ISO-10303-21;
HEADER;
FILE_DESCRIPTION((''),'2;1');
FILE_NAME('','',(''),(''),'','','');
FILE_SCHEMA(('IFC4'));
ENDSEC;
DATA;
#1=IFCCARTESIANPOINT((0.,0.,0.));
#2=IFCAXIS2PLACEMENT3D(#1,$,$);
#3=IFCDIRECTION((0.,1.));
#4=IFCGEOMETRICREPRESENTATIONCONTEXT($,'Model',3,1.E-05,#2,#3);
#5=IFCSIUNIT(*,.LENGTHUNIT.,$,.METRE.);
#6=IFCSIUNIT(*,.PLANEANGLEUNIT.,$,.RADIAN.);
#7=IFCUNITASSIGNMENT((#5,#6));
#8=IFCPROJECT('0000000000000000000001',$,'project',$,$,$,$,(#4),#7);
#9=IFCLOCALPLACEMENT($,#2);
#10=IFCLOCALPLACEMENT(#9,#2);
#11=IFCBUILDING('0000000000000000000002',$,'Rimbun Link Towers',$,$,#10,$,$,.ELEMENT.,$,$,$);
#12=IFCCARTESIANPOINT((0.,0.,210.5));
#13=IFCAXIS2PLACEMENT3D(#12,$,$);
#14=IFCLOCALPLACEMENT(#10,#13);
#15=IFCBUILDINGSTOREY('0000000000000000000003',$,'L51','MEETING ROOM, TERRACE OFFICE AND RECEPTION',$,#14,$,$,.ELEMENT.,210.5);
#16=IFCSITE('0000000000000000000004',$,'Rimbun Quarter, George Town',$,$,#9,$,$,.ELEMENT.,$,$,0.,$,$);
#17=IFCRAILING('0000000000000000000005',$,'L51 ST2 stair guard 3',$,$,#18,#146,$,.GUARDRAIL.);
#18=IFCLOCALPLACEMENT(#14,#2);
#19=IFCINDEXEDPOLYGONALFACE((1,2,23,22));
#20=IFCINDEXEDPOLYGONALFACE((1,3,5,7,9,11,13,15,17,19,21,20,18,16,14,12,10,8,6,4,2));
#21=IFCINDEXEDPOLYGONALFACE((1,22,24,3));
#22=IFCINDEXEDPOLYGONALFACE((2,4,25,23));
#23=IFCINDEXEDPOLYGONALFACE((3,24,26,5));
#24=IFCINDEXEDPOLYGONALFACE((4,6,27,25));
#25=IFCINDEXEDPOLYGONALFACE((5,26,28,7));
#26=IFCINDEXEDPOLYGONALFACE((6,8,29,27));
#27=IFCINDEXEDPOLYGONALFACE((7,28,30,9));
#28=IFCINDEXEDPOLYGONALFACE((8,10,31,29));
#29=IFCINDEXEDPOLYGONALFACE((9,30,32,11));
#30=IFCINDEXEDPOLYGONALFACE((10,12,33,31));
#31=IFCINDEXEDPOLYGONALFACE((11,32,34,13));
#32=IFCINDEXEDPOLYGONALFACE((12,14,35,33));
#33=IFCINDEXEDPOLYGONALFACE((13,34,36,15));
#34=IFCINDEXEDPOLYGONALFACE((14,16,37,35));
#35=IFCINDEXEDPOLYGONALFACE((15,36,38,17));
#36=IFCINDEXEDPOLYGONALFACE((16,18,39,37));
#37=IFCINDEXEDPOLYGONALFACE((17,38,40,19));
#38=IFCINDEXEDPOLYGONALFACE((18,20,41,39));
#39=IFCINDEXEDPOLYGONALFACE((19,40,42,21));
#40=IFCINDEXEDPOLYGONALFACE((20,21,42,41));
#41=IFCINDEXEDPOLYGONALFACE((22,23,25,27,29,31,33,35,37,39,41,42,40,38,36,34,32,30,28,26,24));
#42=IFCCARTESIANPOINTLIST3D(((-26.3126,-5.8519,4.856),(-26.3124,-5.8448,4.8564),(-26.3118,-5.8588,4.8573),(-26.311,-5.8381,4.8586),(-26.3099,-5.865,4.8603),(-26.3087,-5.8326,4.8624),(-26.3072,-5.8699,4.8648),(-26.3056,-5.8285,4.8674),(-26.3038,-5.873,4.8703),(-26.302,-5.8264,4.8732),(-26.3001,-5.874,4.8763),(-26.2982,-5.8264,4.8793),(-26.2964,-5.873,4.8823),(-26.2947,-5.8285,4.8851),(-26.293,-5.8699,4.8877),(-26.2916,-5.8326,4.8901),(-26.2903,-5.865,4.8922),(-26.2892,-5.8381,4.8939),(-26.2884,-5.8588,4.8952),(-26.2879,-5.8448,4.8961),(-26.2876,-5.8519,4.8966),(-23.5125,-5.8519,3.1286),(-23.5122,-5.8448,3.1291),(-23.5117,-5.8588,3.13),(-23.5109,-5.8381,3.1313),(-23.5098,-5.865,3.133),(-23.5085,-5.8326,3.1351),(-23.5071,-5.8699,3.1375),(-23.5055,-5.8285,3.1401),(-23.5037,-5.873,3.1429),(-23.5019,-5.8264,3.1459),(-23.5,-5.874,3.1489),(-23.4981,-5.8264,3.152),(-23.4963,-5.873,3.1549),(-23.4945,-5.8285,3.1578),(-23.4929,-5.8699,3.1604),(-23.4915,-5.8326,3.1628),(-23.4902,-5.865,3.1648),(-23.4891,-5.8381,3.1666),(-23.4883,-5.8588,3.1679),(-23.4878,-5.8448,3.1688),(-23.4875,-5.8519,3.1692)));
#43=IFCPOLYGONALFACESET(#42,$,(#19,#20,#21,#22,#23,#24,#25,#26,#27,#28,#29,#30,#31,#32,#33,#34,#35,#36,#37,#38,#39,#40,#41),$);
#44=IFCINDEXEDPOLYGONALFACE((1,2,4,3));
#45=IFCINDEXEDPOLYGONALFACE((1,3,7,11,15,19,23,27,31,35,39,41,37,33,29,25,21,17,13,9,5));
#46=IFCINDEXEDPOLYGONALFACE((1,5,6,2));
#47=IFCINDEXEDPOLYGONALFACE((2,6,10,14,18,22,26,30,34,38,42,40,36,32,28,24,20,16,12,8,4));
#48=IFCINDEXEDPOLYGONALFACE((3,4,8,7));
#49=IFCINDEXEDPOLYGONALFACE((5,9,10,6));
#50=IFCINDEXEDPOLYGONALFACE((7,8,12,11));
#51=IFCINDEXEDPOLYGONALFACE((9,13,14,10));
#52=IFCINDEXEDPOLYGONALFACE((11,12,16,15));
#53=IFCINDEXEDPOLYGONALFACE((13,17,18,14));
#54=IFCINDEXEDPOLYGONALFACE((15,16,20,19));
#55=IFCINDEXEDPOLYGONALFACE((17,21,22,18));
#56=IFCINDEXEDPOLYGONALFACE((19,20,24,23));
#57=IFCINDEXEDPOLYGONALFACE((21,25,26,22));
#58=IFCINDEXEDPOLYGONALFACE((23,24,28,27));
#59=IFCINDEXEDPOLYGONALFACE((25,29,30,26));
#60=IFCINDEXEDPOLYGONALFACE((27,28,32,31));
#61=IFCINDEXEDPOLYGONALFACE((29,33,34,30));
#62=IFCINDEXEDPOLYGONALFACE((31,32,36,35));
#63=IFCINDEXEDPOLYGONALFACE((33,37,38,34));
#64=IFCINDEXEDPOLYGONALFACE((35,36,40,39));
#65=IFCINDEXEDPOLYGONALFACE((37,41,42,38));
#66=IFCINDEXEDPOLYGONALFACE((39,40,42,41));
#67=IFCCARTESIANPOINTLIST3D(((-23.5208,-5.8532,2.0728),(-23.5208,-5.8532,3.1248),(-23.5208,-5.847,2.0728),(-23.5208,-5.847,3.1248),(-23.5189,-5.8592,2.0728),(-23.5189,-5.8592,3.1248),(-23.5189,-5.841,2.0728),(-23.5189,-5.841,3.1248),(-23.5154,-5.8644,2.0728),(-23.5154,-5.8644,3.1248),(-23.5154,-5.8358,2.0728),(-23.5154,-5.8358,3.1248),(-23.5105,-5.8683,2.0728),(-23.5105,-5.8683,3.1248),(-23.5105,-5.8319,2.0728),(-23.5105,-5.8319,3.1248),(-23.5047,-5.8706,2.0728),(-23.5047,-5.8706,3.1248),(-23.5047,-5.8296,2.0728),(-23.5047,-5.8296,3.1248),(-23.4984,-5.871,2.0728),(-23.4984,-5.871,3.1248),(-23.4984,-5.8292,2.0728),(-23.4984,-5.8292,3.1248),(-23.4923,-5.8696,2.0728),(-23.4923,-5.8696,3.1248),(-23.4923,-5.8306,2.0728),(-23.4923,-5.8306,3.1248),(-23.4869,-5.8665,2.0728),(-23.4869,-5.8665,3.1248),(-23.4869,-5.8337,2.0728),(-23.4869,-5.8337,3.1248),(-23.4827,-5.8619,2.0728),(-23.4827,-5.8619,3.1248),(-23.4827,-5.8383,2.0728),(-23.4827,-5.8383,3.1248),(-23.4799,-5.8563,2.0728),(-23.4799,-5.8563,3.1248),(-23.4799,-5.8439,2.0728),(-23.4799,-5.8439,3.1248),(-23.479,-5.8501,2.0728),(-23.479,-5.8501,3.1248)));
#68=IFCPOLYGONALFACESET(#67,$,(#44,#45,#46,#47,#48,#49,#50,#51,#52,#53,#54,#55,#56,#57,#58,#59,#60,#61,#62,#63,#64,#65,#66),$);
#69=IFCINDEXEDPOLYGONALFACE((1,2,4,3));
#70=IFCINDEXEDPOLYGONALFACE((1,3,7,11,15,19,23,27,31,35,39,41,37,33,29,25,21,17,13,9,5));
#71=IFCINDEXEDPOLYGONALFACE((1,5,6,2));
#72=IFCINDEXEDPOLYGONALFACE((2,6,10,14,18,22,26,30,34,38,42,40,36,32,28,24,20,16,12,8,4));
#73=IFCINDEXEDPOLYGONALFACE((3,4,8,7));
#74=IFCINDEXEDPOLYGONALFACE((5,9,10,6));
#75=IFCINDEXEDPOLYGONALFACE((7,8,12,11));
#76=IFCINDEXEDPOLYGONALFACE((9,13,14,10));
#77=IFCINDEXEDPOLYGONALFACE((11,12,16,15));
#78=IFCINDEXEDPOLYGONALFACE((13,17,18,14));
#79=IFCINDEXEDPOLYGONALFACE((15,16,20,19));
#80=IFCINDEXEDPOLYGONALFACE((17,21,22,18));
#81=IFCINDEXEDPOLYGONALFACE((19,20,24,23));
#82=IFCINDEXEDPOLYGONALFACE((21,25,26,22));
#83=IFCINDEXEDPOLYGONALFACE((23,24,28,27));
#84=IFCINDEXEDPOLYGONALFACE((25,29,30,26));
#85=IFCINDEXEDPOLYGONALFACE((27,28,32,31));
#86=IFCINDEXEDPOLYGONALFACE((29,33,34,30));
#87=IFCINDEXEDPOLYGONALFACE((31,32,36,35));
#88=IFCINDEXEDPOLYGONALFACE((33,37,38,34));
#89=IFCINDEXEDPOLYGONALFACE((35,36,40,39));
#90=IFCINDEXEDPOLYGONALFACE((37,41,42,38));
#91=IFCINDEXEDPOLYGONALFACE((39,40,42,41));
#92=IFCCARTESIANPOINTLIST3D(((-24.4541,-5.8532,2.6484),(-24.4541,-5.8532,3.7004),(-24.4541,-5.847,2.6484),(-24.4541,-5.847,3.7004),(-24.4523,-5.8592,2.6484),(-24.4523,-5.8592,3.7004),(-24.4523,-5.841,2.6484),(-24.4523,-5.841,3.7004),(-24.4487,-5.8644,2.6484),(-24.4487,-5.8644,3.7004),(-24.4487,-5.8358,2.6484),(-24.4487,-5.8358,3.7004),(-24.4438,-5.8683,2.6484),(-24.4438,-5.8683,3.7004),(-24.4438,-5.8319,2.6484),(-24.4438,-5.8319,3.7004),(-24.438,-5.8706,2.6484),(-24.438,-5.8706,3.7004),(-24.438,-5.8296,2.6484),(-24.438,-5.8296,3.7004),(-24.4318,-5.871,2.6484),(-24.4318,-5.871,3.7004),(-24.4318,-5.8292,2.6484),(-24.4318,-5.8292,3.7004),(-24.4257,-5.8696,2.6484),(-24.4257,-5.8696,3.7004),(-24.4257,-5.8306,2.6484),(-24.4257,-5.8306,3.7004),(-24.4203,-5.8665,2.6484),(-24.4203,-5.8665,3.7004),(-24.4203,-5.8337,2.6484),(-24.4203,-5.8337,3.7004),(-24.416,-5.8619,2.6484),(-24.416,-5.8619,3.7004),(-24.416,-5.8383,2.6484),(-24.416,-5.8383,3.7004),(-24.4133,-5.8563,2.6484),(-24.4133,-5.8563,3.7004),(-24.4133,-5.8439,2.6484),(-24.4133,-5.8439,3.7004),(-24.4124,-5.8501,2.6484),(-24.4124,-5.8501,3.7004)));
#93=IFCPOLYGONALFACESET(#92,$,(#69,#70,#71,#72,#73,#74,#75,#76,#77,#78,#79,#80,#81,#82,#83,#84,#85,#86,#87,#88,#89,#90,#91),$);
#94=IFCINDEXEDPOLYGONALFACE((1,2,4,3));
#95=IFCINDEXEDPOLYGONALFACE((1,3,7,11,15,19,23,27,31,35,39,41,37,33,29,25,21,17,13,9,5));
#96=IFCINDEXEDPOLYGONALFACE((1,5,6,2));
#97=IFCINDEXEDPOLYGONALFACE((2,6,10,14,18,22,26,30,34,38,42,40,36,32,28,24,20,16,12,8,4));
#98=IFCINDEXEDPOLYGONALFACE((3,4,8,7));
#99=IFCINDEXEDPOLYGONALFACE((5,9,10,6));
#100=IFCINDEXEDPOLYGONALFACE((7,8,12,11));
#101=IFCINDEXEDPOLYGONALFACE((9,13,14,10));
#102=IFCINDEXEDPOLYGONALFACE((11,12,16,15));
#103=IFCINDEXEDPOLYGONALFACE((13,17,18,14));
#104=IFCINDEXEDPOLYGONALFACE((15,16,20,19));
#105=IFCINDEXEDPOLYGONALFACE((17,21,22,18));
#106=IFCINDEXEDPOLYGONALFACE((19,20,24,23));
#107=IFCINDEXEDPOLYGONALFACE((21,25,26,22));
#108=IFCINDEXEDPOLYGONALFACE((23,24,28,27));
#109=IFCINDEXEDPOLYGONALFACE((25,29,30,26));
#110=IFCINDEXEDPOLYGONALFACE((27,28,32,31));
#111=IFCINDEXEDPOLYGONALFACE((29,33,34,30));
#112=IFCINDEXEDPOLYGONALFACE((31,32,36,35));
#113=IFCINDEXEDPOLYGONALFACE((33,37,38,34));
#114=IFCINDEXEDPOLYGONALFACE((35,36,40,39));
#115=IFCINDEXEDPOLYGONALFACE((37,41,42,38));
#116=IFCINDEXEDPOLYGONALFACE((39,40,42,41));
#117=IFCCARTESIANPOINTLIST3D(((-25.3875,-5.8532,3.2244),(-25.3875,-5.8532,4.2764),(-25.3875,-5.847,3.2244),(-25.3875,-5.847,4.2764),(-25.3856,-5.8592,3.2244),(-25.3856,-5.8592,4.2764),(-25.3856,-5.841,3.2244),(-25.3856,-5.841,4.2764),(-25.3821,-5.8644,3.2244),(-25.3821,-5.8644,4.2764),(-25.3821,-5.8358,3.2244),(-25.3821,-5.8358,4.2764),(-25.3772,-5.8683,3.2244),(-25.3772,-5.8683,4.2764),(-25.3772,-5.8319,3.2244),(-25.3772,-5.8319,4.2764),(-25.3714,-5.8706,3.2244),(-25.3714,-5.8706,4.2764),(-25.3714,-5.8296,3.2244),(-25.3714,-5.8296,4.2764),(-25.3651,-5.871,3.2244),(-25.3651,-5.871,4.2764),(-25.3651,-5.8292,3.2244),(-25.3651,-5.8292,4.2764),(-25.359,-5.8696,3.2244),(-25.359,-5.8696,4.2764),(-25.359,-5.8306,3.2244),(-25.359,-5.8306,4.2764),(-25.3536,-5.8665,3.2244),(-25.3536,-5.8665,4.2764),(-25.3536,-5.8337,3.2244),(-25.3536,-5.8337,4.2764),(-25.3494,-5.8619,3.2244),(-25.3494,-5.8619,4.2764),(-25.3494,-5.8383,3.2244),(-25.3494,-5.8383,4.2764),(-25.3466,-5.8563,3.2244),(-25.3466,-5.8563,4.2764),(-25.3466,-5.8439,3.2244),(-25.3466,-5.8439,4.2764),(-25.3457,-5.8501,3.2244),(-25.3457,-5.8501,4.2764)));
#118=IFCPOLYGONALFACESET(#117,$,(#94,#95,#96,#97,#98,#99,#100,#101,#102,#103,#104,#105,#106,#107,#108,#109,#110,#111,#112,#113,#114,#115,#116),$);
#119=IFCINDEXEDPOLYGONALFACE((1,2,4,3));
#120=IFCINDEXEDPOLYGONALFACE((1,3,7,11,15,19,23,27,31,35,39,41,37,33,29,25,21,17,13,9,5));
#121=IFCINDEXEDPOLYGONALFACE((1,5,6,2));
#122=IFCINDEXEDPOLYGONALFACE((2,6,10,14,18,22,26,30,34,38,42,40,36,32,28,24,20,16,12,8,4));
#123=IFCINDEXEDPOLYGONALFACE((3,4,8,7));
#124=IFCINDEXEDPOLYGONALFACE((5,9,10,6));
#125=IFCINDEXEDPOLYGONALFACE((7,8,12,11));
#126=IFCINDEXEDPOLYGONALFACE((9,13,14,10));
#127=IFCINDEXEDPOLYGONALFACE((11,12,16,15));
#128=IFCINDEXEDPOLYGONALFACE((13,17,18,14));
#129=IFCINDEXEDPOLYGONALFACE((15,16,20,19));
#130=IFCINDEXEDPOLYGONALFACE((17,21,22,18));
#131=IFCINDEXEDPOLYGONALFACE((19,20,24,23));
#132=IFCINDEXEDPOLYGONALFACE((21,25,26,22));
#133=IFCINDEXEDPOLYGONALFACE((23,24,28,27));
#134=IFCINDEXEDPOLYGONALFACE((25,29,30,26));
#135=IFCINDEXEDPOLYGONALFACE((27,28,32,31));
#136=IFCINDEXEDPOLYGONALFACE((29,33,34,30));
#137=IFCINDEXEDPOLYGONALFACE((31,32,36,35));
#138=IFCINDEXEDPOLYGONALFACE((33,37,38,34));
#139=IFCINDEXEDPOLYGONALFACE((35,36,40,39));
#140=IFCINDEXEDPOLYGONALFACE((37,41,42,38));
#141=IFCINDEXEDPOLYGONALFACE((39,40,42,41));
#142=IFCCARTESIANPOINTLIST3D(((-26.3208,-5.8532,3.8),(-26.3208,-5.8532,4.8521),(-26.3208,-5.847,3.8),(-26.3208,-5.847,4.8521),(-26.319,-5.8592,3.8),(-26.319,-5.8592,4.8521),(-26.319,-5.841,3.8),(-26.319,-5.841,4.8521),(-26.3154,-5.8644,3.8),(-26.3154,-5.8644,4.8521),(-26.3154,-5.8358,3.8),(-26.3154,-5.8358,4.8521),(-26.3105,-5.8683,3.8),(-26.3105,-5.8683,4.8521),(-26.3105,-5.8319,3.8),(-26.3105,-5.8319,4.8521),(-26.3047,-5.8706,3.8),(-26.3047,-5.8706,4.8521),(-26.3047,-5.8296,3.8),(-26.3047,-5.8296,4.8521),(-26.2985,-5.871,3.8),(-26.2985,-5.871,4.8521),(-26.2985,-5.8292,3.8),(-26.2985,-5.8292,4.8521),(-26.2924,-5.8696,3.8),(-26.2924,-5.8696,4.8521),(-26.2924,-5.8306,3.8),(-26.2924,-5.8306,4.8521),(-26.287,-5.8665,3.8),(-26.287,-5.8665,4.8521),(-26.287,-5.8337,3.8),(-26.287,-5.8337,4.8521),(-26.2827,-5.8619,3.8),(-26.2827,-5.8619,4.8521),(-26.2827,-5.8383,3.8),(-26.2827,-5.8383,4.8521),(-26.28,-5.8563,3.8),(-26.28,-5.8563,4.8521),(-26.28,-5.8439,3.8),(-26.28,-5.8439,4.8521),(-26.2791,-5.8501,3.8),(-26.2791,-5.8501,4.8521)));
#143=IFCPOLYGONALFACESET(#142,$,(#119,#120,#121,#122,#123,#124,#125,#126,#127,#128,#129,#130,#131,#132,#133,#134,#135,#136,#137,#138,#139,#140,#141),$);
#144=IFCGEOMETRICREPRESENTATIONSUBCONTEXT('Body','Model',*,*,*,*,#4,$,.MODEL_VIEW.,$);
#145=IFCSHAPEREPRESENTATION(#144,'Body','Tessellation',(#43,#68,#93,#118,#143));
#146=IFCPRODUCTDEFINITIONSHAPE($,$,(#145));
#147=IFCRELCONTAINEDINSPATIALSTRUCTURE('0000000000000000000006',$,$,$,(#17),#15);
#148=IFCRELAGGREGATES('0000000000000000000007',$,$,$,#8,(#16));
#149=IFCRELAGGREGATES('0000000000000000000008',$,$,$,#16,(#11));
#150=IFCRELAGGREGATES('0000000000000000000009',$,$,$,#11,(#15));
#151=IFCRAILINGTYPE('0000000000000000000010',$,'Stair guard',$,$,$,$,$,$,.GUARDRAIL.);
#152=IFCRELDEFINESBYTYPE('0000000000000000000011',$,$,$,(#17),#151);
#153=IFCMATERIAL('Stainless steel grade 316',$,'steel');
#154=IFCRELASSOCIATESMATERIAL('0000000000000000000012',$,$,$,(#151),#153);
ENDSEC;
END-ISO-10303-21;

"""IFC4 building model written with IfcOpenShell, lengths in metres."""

from ifc_helpers import new_model, si_unit, direction, frame, origin, origin_2d, place, context, subcontext, project, spatial, circle, extrude, material, type_object, element, save


model = new_model("IFC4")

# Units and contexts
model_context = context("Model", 3, precision=1e-05, world=origin(), true_north=direction((0.0, 1.0)))
body_context = subcontext(model_context, "Body", "Model", "MODEL_VIEW")
ifc_project = project(units=[si_unit("LENGTHUNIT", "METRE"), si_unit("PLANEANGLEUNIT", "RADIAN")], contexts=[model_context])

# Site, building, storey
site_placement = place(None, origin())
site = spatial("IfcSite", under=ifc_project, at=site_placement, Name="Rimbun Quarter, George Town", CompositionType="ELEMENT", RefElevation=0.0)
building_placement = place(site_placement, origin())
building = spatial("IfcBuilding", under=site, at=building_placement, Name="Rimbun Link Towers", CompositionType="ELEMENT")
storey_placement = place(building_placement, frame((0.0, 0.0, 210.5)))
storey = spatial("IfcBuildingStorey", under=building, at=storey_placement, Name="L51", Description="MEETING ROOM, TERRACE OFFICE AND RECEPTION", CompositionType="ELEMENT", Elevation=210.5)

# Railing
ifc_material_1 = material(Name="Stainless steel grade 316", Category="steel")
railing_type_1 = type_object("IfcRailingType", Name="Stair guard", PredefinedType="GUARDRAIL", material=ifc_material_1)
railing_1_placement = place(storey_placement, frame((-23.5, -5.8501, 2.0728)))
element("IfcRailing", 1, at=railing_1_placement, inside=storey, type_object=railing_type_1, Name="L51 ST2 stair guard 3", PredefinedType="GUARDRAIL", context=body_context, shape_type="SweptSolid", body=[
    extrude(circle(Radius=0.0239, at=origin_2d()), frame((0.0, 0.0, 1.0762), z_axis=(-0.85109, 0.0, 0.52502), x_axis=(0.0, -1.0, 0.0)), (0.0, 0.0, 1.0), 3.29),
    extrude(circle(Radius=0.021, at=origin_2d()), origin(), (0.0, 0.0, 1.0), 1.052),
    extrude(circle(Radius=0.021, at=origin_2d()), frame((-0.9333, 0.0, 0.5757)), (0.0, 0.0, 1.0), 1.052),
    extrude(circle(Radius=0.021, at=origin_2d()), frame((-1.8667, 0.0, 1.1516)), (0.0, 0.0, 1.0), 1.052),
    extrude(circle(Radius=0.021, at=origin_2d()), frame((-2.8, 0.0, 1.7273)), (0.0, 0.0, 1.0), 1.052),
])

save(model, "model.ifc")
